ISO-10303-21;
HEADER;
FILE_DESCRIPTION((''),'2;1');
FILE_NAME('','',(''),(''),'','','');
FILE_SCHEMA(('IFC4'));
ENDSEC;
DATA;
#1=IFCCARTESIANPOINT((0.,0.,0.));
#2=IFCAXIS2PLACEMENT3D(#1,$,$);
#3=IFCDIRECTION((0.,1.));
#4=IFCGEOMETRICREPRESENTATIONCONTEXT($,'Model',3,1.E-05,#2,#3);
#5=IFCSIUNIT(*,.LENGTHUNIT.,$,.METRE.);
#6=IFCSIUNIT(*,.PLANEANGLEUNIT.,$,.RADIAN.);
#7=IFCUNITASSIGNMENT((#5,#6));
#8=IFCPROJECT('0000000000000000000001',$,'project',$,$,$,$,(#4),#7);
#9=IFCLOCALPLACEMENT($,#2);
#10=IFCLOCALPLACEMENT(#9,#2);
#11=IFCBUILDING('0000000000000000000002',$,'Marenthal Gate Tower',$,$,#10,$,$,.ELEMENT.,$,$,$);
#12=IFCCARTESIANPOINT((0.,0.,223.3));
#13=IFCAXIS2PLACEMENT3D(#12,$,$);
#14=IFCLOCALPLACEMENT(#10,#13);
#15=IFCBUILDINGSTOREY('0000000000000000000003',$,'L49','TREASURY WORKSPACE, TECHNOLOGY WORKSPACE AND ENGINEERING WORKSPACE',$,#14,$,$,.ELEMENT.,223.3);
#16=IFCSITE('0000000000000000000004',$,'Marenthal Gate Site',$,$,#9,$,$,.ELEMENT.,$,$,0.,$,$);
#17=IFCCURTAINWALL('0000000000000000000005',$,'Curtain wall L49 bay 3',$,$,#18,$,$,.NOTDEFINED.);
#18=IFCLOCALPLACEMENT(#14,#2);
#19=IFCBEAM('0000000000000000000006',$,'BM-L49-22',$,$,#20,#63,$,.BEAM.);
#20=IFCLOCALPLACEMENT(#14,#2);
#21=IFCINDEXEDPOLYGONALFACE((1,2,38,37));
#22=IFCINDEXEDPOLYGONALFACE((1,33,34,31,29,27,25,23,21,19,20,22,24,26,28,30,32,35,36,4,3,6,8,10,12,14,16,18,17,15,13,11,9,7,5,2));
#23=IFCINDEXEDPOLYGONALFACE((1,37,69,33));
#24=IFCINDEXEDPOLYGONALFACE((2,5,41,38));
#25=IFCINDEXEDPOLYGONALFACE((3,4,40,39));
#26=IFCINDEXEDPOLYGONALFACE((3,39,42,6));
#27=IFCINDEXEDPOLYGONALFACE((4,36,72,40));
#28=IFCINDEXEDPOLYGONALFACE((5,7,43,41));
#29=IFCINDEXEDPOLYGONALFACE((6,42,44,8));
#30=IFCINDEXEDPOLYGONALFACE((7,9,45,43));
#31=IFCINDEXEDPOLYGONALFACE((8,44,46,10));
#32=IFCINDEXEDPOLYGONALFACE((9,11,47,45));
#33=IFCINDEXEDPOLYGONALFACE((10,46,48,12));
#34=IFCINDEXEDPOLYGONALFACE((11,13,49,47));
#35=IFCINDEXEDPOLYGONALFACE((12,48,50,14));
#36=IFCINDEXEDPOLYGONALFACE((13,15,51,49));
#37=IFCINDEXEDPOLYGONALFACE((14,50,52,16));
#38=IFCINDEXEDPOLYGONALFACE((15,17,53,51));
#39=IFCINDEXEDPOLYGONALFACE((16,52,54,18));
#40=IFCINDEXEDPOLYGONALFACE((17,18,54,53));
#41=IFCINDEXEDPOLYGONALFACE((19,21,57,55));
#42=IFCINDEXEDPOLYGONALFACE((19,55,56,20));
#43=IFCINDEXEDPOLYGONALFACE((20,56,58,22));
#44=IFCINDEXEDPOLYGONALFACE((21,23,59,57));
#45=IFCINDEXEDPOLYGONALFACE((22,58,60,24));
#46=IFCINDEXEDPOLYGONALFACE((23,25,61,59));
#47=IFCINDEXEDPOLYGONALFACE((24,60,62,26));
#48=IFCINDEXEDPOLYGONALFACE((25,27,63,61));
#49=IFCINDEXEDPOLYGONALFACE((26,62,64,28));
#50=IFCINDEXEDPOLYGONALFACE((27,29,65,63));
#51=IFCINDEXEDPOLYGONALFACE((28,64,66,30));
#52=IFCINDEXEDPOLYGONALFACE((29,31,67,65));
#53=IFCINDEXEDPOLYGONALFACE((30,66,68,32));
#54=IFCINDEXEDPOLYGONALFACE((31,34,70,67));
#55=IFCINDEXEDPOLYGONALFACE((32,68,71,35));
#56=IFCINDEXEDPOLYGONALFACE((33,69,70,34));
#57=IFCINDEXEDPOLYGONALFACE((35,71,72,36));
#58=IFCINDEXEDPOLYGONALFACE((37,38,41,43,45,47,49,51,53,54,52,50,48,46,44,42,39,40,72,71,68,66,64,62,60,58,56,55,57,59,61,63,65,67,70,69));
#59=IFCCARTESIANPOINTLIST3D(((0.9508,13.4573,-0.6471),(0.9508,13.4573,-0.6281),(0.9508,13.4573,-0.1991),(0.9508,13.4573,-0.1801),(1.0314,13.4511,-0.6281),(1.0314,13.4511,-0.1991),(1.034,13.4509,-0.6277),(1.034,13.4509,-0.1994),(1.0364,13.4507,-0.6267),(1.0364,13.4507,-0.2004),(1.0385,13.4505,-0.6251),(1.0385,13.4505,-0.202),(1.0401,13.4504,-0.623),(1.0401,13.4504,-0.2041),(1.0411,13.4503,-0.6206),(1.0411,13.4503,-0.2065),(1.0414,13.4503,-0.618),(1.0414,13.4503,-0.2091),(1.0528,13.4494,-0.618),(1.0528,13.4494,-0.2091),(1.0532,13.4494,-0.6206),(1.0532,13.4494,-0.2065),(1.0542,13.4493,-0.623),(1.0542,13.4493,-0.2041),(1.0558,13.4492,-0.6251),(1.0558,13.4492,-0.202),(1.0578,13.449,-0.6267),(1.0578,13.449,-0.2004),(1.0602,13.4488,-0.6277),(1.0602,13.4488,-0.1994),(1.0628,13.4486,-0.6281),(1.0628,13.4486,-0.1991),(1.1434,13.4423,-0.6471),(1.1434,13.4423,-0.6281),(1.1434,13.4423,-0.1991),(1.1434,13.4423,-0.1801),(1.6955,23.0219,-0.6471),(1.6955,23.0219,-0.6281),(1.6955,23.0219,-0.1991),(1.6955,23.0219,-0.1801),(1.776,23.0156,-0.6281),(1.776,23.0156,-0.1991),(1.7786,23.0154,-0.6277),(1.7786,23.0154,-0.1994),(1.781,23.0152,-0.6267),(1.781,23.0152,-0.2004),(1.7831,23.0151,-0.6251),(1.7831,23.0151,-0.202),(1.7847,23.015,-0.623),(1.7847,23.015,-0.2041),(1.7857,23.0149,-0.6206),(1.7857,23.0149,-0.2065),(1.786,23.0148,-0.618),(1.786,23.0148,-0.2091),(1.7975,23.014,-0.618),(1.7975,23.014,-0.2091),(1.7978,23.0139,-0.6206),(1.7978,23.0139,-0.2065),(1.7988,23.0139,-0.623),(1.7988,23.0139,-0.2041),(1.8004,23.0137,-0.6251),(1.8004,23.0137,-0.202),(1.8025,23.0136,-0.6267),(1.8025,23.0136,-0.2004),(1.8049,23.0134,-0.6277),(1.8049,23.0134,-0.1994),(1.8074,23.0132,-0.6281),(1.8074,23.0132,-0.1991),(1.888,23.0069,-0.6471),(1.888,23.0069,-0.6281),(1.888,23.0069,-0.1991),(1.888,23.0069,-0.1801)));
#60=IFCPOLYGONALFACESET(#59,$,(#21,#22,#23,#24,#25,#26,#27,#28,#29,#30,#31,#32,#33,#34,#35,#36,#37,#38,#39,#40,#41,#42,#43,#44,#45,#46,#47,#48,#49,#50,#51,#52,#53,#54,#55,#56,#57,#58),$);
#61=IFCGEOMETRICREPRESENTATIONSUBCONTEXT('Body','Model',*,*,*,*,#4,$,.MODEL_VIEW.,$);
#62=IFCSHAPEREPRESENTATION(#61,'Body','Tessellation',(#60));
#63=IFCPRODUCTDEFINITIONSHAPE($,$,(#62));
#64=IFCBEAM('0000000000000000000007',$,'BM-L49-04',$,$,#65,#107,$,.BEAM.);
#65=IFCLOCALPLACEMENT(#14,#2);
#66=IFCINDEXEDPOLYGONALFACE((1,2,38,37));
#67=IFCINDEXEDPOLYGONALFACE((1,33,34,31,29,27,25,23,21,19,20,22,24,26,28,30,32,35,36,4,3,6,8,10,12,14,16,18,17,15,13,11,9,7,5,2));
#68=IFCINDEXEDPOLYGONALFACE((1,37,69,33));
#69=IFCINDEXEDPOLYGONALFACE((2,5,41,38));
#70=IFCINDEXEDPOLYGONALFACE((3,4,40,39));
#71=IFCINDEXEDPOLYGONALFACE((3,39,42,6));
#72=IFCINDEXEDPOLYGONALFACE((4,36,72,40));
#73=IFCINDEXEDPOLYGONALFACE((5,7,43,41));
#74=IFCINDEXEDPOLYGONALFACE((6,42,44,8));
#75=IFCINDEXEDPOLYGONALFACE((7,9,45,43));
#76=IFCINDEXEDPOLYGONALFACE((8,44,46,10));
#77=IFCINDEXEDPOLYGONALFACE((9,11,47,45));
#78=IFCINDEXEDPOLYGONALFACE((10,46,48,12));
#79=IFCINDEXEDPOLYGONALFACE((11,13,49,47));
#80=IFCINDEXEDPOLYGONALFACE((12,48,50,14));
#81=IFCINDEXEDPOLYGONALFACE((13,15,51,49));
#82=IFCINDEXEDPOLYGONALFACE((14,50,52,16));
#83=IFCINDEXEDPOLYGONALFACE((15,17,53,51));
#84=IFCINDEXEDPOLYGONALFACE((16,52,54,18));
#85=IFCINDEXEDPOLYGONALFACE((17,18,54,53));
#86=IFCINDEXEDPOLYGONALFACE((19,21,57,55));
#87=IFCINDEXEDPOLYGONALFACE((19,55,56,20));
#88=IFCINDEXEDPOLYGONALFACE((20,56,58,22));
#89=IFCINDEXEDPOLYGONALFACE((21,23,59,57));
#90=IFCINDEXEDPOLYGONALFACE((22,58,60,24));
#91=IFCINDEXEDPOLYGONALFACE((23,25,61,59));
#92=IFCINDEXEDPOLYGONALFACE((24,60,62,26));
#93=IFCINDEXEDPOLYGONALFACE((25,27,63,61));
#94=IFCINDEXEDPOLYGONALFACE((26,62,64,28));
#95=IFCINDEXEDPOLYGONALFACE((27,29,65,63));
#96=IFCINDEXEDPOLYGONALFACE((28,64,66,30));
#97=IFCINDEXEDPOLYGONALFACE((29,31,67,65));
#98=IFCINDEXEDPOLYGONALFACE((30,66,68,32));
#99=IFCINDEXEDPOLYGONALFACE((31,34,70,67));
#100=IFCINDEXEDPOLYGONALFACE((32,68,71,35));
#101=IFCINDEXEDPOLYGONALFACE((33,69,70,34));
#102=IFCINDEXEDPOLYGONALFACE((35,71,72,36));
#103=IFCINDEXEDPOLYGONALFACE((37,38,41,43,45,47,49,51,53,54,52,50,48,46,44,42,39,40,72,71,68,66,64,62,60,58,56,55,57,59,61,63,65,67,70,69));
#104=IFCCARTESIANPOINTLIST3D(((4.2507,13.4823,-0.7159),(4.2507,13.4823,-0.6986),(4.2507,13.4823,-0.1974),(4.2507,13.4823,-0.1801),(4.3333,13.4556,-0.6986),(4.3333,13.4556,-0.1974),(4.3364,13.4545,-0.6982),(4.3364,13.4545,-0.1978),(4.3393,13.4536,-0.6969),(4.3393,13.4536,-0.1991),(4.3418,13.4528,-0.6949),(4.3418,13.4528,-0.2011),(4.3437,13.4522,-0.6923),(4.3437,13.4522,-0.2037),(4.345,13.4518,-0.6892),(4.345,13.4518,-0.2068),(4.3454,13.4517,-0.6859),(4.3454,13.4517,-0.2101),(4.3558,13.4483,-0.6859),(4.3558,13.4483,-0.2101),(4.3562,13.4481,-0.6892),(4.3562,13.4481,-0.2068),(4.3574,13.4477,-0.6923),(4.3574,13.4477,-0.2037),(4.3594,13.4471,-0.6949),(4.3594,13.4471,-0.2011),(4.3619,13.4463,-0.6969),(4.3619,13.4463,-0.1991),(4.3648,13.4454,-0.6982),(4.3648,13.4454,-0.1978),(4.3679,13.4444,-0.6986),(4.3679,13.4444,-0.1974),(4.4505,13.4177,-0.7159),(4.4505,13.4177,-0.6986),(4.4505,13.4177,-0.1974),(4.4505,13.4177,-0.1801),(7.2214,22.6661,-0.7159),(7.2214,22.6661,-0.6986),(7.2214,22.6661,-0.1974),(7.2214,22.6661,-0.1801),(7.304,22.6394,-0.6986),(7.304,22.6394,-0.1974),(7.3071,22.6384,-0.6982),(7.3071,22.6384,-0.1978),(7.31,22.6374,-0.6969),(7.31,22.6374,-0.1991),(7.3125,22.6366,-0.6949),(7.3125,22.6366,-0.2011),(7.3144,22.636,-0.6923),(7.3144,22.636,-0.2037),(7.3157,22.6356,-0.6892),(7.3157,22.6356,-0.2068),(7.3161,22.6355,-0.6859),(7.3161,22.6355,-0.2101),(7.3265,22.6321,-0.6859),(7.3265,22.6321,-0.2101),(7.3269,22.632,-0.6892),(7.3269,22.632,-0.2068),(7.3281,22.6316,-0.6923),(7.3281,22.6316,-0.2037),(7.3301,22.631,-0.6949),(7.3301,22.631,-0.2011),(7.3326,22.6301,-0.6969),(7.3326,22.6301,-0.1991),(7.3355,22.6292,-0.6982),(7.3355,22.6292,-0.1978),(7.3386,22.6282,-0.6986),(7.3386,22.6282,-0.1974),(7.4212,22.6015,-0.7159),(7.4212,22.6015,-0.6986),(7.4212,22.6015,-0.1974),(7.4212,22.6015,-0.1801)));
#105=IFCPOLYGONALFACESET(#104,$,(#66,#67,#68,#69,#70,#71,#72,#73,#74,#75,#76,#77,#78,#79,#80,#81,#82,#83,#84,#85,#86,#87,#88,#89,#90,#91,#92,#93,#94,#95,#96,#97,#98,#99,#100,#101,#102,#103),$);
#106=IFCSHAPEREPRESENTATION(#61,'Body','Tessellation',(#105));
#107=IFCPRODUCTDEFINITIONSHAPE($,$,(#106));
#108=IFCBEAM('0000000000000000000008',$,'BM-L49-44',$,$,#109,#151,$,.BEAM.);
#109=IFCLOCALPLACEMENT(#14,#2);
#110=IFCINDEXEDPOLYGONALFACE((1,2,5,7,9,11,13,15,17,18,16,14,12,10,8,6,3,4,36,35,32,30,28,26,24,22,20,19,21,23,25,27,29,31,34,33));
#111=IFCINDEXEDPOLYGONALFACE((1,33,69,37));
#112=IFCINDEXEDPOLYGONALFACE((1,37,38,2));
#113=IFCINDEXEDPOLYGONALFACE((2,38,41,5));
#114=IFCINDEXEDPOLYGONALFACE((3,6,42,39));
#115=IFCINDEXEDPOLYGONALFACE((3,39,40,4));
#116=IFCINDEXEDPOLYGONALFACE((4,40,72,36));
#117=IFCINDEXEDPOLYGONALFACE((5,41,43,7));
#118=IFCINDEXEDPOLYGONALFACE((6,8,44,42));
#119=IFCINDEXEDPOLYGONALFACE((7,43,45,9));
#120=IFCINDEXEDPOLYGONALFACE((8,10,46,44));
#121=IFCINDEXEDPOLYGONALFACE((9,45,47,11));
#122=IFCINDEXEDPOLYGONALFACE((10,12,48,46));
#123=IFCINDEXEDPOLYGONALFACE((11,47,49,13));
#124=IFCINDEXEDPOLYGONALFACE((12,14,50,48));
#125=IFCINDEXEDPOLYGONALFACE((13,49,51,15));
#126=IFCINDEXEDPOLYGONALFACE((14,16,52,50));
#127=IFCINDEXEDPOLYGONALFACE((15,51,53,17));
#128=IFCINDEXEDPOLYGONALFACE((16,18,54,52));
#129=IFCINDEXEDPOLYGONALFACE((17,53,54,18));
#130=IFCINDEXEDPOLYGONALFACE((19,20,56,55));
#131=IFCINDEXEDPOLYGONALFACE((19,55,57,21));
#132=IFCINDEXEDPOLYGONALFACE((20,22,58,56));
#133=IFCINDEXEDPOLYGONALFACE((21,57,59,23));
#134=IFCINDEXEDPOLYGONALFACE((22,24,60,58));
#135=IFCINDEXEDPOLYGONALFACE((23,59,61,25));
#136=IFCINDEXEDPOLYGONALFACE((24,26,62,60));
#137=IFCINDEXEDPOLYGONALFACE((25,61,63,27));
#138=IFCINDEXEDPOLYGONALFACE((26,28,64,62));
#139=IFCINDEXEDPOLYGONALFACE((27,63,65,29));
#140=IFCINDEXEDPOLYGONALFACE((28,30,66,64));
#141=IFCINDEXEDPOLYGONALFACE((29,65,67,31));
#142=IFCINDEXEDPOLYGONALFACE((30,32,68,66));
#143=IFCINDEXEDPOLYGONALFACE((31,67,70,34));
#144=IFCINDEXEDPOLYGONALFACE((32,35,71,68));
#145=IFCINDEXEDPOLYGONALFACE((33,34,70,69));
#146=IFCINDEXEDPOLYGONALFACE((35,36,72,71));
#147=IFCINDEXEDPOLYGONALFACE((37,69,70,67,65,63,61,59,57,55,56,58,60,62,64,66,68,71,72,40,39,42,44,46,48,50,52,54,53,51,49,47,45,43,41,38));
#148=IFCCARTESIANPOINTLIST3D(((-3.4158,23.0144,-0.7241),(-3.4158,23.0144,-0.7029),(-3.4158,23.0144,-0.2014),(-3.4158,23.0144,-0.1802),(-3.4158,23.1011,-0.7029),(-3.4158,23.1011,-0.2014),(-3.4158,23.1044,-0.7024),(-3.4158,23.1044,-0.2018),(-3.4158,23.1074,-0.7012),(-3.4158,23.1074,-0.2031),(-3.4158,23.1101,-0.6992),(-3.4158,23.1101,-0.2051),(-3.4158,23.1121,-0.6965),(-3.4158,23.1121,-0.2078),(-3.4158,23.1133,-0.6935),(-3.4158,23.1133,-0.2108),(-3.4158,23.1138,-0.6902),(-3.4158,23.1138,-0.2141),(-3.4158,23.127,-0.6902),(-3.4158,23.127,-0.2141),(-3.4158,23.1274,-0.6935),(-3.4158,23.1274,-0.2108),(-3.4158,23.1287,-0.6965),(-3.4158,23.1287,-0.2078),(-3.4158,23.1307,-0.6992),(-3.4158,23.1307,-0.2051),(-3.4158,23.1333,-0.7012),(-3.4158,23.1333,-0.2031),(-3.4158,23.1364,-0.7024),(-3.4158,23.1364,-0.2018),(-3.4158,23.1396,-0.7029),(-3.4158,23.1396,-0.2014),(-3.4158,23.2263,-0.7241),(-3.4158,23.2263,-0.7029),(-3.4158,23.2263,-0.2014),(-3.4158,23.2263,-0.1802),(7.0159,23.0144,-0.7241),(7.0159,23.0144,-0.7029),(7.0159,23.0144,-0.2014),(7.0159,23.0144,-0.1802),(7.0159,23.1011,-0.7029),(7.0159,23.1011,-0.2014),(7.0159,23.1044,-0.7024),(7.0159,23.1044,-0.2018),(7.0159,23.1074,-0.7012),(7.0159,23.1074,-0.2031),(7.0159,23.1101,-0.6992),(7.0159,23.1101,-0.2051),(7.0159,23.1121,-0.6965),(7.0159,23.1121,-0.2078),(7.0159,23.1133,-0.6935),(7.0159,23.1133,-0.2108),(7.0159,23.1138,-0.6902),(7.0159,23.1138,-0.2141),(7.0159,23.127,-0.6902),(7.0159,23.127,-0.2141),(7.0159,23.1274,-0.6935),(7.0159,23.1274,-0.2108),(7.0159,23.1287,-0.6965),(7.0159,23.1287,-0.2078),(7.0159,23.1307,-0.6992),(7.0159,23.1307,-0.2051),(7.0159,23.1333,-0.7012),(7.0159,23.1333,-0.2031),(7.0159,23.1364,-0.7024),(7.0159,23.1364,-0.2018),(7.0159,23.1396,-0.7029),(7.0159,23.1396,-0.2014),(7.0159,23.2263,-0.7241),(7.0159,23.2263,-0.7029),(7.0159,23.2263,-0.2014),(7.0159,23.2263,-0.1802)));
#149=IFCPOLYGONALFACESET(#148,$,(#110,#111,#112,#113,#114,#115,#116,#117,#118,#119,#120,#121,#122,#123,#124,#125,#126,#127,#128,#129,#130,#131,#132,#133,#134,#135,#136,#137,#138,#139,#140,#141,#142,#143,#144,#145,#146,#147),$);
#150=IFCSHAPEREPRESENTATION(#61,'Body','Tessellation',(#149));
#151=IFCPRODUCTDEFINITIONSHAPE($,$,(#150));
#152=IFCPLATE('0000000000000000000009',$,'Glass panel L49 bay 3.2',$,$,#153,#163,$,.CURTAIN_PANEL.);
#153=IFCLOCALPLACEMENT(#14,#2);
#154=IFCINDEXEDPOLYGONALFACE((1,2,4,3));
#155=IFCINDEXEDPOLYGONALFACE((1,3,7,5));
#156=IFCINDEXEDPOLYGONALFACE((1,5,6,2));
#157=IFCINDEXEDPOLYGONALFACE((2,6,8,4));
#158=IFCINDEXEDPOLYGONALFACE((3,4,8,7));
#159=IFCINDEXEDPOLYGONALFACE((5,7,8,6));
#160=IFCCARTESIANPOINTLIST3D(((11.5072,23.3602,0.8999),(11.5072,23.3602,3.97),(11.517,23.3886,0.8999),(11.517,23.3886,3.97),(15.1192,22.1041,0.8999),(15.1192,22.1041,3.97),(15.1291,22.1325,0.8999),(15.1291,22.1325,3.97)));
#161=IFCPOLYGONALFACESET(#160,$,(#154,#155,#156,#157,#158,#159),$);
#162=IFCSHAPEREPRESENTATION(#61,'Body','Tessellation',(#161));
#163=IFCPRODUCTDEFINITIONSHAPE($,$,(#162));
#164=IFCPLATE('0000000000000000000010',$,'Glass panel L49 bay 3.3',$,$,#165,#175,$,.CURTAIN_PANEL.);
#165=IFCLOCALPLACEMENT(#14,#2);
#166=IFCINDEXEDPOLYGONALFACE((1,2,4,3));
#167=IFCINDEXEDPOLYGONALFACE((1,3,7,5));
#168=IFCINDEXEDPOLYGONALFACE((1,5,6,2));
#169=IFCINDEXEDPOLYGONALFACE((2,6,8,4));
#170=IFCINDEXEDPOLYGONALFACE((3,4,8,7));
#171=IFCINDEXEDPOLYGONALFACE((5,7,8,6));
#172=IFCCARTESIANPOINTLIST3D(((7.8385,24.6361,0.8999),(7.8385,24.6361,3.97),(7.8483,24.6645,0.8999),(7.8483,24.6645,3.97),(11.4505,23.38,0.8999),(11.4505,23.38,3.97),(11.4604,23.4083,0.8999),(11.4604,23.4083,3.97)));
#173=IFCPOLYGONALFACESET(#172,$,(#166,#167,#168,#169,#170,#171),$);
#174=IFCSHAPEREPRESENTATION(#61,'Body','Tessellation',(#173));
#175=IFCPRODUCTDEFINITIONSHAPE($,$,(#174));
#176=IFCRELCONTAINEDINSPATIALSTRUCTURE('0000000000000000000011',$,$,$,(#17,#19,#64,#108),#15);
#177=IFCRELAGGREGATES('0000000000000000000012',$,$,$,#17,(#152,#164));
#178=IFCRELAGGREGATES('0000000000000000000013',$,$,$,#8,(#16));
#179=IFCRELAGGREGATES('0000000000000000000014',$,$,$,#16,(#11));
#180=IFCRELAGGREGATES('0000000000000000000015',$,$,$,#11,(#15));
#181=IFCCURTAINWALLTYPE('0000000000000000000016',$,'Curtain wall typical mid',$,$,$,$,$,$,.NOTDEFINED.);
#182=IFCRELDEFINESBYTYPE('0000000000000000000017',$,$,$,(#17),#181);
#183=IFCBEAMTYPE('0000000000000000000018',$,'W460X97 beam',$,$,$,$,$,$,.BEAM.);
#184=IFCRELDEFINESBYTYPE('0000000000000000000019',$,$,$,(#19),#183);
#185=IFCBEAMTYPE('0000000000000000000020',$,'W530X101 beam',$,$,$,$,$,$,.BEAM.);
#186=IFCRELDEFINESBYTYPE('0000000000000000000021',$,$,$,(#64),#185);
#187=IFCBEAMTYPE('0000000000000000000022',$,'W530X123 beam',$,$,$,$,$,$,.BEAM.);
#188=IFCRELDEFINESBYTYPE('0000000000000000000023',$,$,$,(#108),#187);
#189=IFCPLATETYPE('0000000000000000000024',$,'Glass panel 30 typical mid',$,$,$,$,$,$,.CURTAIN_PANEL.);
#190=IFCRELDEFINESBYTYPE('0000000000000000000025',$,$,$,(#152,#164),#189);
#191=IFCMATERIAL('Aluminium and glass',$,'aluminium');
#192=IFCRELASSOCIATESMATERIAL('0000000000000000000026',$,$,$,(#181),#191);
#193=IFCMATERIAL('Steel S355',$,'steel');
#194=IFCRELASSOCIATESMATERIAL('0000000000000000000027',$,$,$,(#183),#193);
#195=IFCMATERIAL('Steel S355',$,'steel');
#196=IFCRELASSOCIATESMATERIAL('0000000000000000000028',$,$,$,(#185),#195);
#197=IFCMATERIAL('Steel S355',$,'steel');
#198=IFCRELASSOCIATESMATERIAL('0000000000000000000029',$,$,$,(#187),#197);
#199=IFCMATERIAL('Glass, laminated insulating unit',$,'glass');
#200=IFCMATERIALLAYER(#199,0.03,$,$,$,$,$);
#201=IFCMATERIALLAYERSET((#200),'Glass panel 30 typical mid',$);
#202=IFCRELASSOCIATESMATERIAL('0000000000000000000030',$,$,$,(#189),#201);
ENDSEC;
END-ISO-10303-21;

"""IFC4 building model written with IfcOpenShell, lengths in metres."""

from ifc_helpers import new_model, si_unit, direction, frame, origin, origin_2d, place, context, subcontext, project, spatial, rectangle, i_section, extrude, material, layer, layer_set, material_profile, profile_set, type_object, element, aggregate, save


model = new_model("IFC4")

# Units and contexts
model_context = context("Model", 3, precision=1e-05, world=origin(), true_north=direction((0.0, 1.0)))
body_context = subcontext(model_context, "Body", "Model", "MODEL_VIEW")
ifc_project = project(units=[si_unit("LENGTHUNIT", "METRE"), si_unit("PLANEANGLEUNIT", "RADIAN")], contexts=[model_context])

# Site, building, storey
site_placement = place(None, origin())
site = spatial("IfcSite", under=ifc_project, at=site_placement, Name="Marenthal Gate Site", CompositionType="ELEMENT", RefElevation=0.0)
building_placement = place(site_placement, origin())
building = spatial("IfcBuilding", under=site, at=building_placement, Name="Marenthal Gate Tower", CompositionType="ELEMENT")
storey_placement = place(building_placement, frame((0.0, 0.0, 223.3)))
storey = spatial("IfcBuildingStorey", under=building, at=storey_placement, Name="L49", Description="TREASURY WORKSPACE, TECHNOLOGY WORKSPACE AND ENGINEERING WORKSPACE", CompositionType="ELEMENT", Elevation=223.3)

# Curtain wall
ifc_material_1 = material(Name="Aluminium and glass", Category="aluminium")
curtain_wall_type = type_object("IfcCurtainWallType", Name="Curtain wall typical mid", PredefinedType="NOTDEFINED", material=ifc_material_1)
curtain_wall_placement = place(storey_placement, origin())
curtain_wall = element("IfcCurtainWall", 1, at=curtain_wall_placement, inside=storey, type_object=curtain_wall_type, Name="Curtain wall L49 bay 3", PredefinedType="NOTDEFINED")

# Beams
ifc_material_2 = material(Name="Steel S355", Category="steel")
ifc_material_profile_1 = material_profile(ifc_material_2, i_section(OverallWidth=0.1931, OverallDepth=0.467, WebThickness=0.0115, FlangeThickness=0.019, FilletRadius=0.01, at=origin_2d()), Name="W460X97")
ifc_profile_set_1 = profile_set([ifc_material_profile_1], Name="Steel S355")
beam_type_1 = type_object("IfcBeamType", Name="W460X97 beam", PredefinedType="BEAM", material=ifc_profile_set_1)
beam_1_placement = place(storey_placement, frame((1.7917, 23.0144, -0.4136), z_axis=(-0.077619, -0.996983, 0.0), x_axis=(0.996983, -0.077619, 0.0)))
element("IfcBeam", 2, at=beam_1_placement, inside=storey, type_object=beam_type_1, Name="BM-L49-22", PredefinedType="BEAM", context=body_context, shape_type="SweptSolid", body=[
    extrude(i_section(OverallWidth=0.1931, OverallDepth=0.467, WebThickness=0.0115, FlangeThickness=0.019, FilletRadius=0.01, at=origin_2d()), origin(), (0.0, 0.0, 1.0), 9.5935),
])
ifc_material_3 = material(Name="Steel S355", Category="steel")
ifc_material_profile_2 = material_profile(ifc_material_3, i_section(OverallWidth=0.21, OverallDepth=0.5359, WebThickness=0.011, FlangeThickness=0.0173, FilletRadius=0.0127, at=origin_2d()), Name="W530X101")
ifc_profile_set_2 = profile_set([ifc_material_profile_2], Name="Steel S355")
beam_type_2 = type_object("IfcBeamType", Name="W530X101 beam", PredefinedType="BEAM", material=ifc_profile_set_2)
beam_2_placement = place(storey_placement, frame((7.3213, 22.6338, -0.448), z_axis=(-0.30777, -0.951461, 0.0), x_axis=(0.951461, -0.30777, 0.0)))
element("IfcBeam", 3, at=beam_2_placement, inside=storey, type_object=beam_type_2, Name="BM-L49-04", PredefinedType="BEAM", context=body_context, shape_type="SweptSolid", body=[
    extrude(i_section(OverallWidth=0.21, OverallDepth=0.5359, WebThickness=0.011, FlangeThickness=0.0173, FilletRadius=0.0127, at=origin_2d()), origin(), (0.0, 0.0, 1.0), 9.6523),
])
ifc_material_4 = material(Name="Steel S355", Category="steel")
ifc_material_profile_3 = material_profile(ifc_material_4, i_section(OverallWidth=0.2119, OverallDepth=0.5439, WebThickness=0.0132, FlangeThickness=0.0212, FilletRadius=0.0127, at=origin_2d()), Name="W530X123")
ifc_profile_set_3 = profile_set([ifc_material_profile_3], Name="Steel S355")
beam_type_3 = type_object("IfcBeamType", Name="W530X123 beam", PredefinedType="BEAM", material=ifc_profile_set_3)
beam_3_placement = place(storey_placement, frame((7.0159, 23.1204, -0.4521), z_axis=(-1.0, 0.0, 0.0), x_axis=(0.0, -1.0, 0.0)))
element("IfcBeam", 4, at=beam_3_placement, inside=storey, type_object=beam_type_3, Name="BM-L49-44", PredefinedType="BEAM", context=body_context, shape_type="SweptSolid", body=[
    extrude(i_section(OverallWidth=0.2119, OverallDepth=0.5439, WebThickness=0.0132, FlangeThickness=0.0212, FilletRadius=0.0127, at=origin_2d()), origin(), (0.0, 0.0, 1.0), 10.4316),
])

# Plates
ifc_material_5 = material(Name="Glass, laminated insulating unit", Category="glass")
ifc_layer_1 = layer(ifc_material_5, 0.03)
ifc_layer_set_1 = layer_set([ifc_layer_1], Name="Glass panel 30 typical mid")
plate_type = type_object("IfcPlateType", Name="Glass panel 30 typical mid", PredefinedType="CURTAIN_PANEL", material=ifc_layer_set_1)
plate_1_placement = place(storey_placement, frame((13.3181, 22.7463, 0.8999), z_axis=(0.0, 0.0, 1.0), x_axis=(-0.944515, 0.328468, 0.0)))
plate_1 = element("IfcPlate", 5, at=plate_1_placement, type_object=plate_type, Name="Glass panel L49 bay 3.2", PredefinedType="CURTAIN_PANEL", context=body_context, shape_type="SweptSolid", body=[
    extrude(rectangle(XDim=3.8242, YDim=0.03, at=origin_2d()), origin(), (0.0, 0.0, 1.0), 3.0701),
])
plate_2_placement = place(storey_placement, frame((9.6494, 24.0222, 0.8999), z_axis=(0.0, 0.0, 1.0), x_axis=(-0.944515, 0.328468, 0.0)))
plate_2 = element("IfcPlate", 6, at=plate_2_placement, type_object=plate_type, Name="Glass panel L49 bay 3.3", PredefinedType="CURTAIN_PANEL", context=body_context, shape_type="SweptSolid", body=[
    extrude(rectangle(XDim=3.8242, YDim=0.03, at=origin_2d()), origin(), (0.0, 0.0, 1.0), 3.0701),
])
aggregate(curtain_wall, [plate_1, plate_2])

save(model, "model.ifc")
